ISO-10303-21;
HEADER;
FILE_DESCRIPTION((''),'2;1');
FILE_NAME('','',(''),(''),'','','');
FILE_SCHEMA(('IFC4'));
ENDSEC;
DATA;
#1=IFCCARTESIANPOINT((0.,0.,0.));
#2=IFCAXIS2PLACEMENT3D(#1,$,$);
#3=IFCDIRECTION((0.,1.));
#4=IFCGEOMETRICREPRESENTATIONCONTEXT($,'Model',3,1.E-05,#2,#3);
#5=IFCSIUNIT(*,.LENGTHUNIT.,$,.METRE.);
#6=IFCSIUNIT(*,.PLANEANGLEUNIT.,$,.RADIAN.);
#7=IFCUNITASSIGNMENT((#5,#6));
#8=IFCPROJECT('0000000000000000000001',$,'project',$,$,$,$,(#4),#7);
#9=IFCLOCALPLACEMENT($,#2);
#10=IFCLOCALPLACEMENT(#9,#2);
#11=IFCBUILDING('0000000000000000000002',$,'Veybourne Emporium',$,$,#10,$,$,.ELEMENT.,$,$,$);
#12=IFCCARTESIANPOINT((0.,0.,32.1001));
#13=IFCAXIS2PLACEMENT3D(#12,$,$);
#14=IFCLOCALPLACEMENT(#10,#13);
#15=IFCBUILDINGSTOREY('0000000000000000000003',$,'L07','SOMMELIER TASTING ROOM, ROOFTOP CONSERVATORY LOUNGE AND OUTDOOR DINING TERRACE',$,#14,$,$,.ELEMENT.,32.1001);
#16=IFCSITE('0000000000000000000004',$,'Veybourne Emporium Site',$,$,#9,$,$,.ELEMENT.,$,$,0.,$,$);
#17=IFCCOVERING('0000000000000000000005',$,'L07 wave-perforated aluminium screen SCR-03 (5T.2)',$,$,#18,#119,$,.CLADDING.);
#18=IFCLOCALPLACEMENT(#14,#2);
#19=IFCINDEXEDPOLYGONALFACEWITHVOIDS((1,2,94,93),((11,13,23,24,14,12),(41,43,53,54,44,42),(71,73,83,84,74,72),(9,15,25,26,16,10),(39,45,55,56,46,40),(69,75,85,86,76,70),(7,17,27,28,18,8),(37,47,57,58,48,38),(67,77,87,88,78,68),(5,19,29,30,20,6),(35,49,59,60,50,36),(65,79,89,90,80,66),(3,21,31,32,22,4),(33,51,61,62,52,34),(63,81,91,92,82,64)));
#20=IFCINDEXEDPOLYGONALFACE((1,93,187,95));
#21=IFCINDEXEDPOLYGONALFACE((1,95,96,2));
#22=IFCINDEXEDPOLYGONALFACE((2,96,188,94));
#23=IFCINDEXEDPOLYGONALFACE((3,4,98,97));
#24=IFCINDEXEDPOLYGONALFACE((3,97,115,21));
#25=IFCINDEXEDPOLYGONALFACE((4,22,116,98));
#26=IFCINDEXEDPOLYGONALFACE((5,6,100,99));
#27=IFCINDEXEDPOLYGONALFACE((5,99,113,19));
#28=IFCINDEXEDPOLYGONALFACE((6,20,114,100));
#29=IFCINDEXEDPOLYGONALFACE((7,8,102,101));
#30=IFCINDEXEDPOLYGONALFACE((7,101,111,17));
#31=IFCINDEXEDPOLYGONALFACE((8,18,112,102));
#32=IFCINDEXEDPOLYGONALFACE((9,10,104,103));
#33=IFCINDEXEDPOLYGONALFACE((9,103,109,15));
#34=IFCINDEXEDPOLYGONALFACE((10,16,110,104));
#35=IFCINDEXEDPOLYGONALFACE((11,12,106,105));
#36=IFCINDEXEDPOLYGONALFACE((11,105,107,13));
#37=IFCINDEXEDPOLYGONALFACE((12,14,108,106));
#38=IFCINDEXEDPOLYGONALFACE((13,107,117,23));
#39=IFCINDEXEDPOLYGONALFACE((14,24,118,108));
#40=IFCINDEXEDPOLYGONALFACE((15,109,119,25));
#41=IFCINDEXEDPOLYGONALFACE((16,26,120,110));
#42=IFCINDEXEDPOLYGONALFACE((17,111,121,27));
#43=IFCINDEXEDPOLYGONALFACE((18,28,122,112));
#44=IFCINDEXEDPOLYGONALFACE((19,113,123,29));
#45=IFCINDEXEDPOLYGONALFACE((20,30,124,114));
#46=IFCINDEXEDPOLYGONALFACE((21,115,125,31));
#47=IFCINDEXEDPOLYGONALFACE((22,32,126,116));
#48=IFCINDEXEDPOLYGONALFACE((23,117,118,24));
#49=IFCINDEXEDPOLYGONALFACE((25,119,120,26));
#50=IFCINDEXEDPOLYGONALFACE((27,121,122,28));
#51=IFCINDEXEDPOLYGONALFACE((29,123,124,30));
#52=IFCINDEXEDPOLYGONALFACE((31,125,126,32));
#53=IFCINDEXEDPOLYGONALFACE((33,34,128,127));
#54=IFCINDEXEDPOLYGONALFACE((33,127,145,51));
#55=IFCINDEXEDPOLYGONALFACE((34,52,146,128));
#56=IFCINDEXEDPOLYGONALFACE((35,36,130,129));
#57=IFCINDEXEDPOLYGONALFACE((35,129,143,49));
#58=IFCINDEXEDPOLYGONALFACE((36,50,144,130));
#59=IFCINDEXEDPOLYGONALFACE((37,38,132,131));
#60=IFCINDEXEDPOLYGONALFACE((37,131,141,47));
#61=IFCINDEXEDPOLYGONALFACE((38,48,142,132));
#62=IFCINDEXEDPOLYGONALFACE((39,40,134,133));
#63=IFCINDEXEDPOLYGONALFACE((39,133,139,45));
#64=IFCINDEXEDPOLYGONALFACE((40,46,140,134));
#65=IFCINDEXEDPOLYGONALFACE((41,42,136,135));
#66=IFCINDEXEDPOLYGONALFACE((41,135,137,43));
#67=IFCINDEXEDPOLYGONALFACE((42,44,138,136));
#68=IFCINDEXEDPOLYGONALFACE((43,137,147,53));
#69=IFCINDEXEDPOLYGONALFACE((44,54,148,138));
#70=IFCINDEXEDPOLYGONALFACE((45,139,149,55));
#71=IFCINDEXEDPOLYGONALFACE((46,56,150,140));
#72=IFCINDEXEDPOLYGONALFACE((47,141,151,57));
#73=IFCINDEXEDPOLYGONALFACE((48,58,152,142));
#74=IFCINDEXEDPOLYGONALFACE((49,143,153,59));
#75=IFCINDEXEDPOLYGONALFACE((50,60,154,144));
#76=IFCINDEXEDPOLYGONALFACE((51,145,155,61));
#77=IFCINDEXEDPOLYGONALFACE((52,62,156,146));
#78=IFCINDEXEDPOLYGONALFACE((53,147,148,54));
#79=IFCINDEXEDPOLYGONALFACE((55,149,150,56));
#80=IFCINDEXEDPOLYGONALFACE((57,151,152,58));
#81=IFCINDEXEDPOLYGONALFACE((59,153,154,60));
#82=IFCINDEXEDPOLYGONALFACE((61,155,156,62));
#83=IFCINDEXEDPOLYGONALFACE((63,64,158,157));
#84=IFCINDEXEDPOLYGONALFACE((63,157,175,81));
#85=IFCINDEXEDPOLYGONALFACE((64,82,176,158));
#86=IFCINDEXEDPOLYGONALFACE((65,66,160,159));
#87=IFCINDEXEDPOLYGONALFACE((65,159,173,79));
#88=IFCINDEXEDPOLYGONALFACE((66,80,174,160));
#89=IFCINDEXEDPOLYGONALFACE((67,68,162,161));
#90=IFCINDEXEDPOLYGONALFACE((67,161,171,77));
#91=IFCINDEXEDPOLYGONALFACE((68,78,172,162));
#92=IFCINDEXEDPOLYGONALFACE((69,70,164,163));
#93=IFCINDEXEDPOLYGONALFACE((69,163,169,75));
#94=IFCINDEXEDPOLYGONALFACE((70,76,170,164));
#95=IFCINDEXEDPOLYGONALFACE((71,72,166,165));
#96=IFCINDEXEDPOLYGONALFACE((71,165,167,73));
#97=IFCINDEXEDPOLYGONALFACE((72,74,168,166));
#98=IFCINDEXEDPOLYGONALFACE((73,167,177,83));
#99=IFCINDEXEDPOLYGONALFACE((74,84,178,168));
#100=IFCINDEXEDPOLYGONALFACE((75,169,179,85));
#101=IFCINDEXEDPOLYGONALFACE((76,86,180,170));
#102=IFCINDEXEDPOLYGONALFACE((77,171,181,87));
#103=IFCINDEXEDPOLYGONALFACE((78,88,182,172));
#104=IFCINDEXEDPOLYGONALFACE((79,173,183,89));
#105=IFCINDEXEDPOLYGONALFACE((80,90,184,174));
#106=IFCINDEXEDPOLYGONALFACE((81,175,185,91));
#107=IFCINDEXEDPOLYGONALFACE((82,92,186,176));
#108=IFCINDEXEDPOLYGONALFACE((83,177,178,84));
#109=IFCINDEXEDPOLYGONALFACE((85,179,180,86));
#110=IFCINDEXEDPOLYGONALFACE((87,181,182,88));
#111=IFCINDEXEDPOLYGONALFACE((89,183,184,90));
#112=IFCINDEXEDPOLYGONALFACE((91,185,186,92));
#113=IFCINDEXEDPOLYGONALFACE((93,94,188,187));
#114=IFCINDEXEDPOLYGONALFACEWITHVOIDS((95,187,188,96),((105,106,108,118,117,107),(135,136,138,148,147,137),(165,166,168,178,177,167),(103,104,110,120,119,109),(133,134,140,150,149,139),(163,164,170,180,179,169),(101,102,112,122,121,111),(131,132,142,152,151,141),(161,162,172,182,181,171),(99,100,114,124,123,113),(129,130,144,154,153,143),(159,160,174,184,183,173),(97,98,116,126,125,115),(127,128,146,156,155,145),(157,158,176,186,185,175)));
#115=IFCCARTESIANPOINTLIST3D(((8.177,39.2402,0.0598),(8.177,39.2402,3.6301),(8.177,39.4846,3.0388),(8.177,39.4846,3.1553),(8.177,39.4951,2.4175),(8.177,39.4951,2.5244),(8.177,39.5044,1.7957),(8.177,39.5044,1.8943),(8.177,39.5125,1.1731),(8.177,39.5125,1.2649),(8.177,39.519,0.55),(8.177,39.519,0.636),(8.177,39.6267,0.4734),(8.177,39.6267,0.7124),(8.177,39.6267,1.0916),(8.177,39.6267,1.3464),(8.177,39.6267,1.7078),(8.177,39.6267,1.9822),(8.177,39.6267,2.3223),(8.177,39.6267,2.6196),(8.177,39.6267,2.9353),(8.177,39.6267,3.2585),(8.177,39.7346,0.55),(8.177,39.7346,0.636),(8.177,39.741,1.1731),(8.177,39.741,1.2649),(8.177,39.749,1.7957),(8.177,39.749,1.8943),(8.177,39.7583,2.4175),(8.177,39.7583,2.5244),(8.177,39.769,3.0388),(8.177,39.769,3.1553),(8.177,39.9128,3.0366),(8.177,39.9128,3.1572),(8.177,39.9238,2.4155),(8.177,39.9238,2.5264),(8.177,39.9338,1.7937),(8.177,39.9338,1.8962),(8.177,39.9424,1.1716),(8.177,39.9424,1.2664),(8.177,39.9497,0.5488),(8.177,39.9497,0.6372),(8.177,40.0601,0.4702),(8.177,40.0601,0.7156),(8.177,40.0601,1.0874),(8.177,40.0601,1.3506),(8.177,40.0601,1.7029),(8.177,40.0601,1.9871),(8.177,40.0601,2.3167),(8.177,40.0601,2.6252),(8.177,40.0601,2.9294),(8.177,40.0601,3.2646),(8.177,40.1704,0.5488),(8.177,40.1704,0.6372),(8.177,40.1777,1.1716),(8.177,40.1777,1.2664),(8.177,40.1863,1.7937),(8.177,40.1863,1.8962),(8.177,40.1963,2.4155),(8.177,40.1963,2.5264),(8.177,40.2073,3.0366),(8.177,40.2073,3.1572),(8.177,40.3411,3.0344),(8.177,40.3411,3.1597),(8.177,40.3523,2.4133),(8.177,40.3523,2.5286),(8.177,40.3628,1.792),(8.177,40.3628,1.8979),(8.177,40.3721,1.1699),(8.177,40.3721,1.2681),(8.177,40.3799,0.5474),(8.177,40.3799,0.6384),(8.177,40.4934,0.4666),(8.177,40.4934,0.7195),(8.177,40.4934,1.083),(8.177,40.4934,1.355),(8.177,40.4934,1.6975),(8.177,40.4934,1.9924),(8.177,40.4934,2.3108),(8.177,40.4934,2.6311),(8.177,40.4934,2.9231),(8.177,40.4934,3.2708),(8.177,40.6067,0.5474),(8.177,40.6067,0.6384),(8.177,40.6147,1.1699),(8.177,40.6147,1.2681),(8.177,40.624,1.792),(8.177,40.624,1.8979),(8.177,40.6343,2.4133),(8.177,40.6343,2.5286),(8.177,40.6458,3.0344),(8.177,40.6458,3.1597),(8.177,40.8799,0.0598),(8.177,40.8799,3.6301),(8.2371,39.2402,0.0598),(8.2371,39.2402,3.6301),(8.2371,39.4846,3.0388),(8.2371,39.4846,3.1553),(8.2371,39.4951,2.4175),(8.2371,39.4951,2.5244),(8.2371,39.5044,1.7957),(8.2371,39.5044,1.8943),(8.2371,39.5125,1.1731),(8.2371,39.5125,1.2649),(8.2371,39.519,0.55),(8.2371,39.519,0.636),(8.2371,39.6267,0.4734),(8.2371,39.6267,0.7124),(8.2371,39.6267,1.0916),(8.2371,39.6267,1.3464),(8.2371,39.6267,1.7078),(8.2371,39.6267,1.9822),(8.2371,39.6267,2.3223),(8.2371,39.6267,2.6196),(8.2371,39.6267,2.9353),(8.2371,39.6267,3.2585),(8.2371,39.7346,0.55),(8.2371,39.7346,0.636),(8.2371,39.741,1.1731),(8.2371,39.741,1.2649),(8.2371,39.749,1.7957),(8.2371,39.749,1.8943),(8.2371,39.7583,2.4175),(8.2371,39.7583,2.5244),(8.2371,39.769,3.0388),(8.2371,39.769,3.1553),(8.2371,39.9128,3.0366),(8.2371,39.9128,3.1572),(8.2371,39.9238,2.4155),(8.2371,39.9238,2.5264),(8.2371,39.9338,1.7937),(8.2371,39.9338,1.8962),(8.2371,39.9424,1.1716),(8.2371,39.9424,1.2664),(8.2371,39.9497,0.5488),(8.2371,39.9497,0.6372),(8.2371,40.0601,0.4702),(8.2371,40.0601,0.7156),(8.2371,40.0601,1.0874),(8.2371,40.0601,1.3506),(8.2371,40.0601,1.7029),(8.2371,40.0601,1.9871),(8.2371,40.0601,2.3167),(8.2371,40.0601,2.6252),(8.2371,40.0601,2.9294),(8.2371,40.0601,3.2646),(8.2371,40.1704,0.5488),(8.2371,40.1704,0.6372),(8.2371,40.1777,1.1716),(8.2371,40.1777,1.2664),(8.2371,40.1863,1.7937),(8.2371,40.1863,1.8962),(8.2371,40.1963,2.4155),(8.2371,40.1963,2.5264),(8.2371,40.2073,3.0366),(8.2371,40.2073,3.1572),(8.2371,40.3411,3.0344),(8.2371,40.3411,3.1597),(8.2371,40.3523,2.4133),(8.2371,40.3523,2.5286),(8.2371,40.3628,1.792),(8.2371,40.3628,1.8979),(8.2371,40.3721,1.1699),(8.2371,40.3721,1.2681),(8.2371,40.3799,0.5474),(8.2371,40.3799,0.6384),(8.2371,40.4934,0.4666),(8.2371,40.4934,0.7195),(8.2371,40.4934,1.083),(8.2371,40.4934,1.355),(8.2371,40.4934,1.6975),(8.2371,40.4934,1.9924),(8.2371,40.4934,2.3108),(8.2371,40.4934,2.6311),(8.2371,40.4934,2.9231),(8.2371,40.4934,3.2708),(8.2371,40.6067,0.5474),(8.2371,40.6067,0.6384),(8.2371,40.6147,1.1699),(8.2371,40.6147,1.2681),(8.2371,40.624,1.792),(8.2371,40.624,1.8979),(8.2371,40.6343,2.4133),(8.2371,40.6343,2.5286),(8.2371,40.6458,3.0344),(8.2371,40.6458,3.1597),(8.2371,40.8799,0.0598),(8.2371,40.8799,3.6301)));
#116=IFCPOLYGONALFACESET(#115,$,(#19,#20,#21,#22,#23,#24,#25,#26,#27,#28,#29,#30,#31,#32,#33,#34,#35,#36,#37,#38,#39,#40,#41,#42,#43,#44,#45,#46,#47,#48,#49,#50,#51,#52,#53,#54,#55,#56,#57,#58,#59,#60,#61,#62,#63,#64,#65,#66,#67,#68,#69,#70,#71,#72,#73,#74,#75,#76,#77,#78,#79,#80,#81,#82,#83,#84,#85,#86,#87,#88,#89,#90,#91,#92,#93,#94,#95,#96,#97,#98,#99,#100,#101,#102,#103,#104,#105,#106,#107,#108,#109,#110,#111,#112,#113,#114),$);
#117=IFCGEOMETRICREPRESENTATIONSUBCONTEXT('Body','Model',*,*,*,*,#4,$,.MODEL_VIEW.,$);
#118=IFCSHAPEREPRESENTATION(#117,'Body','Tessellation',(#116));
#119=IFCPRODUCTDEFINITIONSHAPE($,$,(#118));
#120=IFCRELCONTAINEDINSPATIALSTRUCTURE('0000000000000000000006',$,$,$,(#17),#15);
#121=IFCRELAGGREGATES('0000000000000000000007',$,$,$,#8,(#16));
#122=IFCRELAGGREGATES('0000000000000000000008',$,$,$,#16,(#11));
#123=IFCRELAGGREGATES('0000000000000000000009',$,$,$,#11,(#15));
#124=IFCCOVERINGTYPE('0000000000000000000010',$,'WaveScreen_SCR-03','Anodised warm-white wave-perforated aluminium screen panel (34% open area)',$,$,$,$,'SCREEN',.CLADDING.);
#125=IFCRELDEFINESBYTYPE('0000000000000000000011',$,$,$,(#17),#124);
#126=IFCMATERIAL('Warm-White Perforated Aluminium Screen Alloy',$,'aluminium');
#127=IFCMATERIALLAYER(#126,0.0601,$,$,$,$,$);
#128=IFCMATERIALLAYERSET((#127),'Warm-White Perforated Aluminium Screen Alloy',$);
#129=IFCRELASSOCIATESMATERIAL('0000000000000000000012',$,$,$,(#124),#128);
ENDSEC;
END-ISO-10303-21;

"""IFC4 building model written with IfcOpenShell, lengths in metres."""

from ifc_helpers import new_model, si_unit, direction, frame, origin, place, context, subcontext, project, spatial, polyline, outline, extrude, material, layer, layer_set, type_object, element, save


model = new_model("IFC4")

# Units and contexts
model_context = context("Model", 3, precision=1e-05, world=origin(), true_north=direction((0.0, 1.0)))
body_context = subcontext(model_context, "Body", "Model", "MODEL_VIEW")
ifc_project = project(units=[si_unit("LENGTHUNIT", "METRE"), si_unit("PLANEANGLEUNIT", "RADIAN")], contexts=[model_context])

# Site, building, storey
site_placement = place(None, origin())
site = spatial("IfcSite", under=ifc_project, at=site_placement, Name="Veybourne Emporium Site", CompositionType="ELEMENT", RefElevation=0.0)
building_placement = place(site_placement, origin())
building = spatial("IfcBuilding", under=site, at=building_placement, Name="Veybourne Emporium", CompositionType="ELEMENT")
storey_placement = place(building_placement, frame((0.0, 0.0, 32.1001)))
storey = spatial("IfcBuildingStorey", under=building, at=storey_placement, Name="L07", Description="SOMMELIER TASTING ROOM, ROOFTOP CONSERVATORY LOUNGE AND OUTDOOR DINING TERRACE", CompositionType="ELEMENT", Elevation=32.1001)

# Covering
ifc_material_1 = material(Name="Warm-White Perforated Aluminium Screen Alloy", Category="aluminium")
ifc_layer_1 = layer(ifc_material_1, 0.0601)
ifc_layer_set_1 = layer_set([ifc_layer_1], Name="Warm-White Perforated Aluminium Screen Alloy")
covering_type_1 = type_object("IfcCoveringType", Name="WaveScreen_SCR-03", Description="Anodised warm-white wave-perforated aluminium screen panel (34% open area)", ElementType="SCREEN", PredefinedType="CLADDING", material=ifc_layer_set_1)
covering_1_placement = place(storey_placement, frame((8.177, 40.0601, 1.845), z_axis=(1.0, 0.0, 0.0), x_axis=(0.0, 1.0, 0.0)))
element("IfcCovering", 1, at=covering_1_placement, inside=storey, type_object=covering_type_1, Name="L07 wave-perforated aluminium screen SCR-03 (5T.2)", PredefinedType="CLADDING", context=body_context, shape_type="SweptSolid", body=[
    extrude(outline(polyline([(-0.8198, -1.7852), (0.8198, -1.7852), (0.8198, 1.7852), (-0.8198, 1.7852), (-0.8198, -1.7852)]), holes=[polyline([(-0.4333, -1.1326), (-0.3254, -1.209), (-0.3254, -1.2949), (-0.4333, -1.3716), (-0.541, -1.2949), (-0.541, -1.209), (-0.4333, -1.1326)]), polyline([(-0.4333, -0.4985), (-0.3191, -0.5801), (-0.3191, -0.6719), (-0.4333, -0.7534), (-0.5476, -0.6719), (-0.5476, -0.5801), (-0.4333, -0.4985)]), polyline([(-0.4333, 0.1372), (-0.311, 0.0493), (-0.311, -0.0493), (-0.4333, -0.1372), (-0.5557, -0.0493), (-0.5557, 0.0493), (-0.4333, 0.1372)]), polyline([(-0.4333, 0.7747), (-0.3018, 0.6794), (-0.3018, 0.5725), (-0.4333, 0.4773), (-0.5649, 0.5725), (-0.5649, 0.6794), (-0.4333, 0.7747)]), polyline([(-0.4333, 1.4136), (-0.291, 1.3103), (-0.291, 1.1938), (-0.4333, 1.0903), (-0.5754, 1.1938), (-0.5754, 1.3103), (-0.4333, 1.4136)]), polyline([(0.0, -1.1294), (0.1104, -1.2078), (0.1104, -1.2961), (0.0, -1.3748), (-0.1104, -1.2961), (-0.1104, -1.2078), (0.0, -1.1294)]), polyline([(0.0, -0.4944), (0.1177, -0.5786), (0.1177, -0.6733), (0.0, -0.7576), (-0.1177, -0.6733), (-0.1177, -0.5786), (0.0, -0.4944)]), polyline([(0.0, 0.1421), (0.1262, 0.0513), (0.1262, -0.0513), (0.0, -0.1421), (-0.1262, -0.0513), (-0.1262, 0.0513), (0.0, 0.1421)]), polyline([(0.0, 0.7803), (0.1362, 0.6814), (0.1362, 0.5706), (0.0, 0.4717), (-0.1362, 0.5706), (-0.1362, 0.6814), (0.0, 0.7803)]), polyline([(0.0, 1.4197), (0.1472, 1.3123), (0.1472, 1.1917), (0.0, 1.0845), (-0.1472, 1.1917), (-0.1472, 1.3123), (0.0, 1.4197)]), polyline([(0.4333, -1.1255), (0.5466, -1.2065), (0.5466, -1.2976), (0.4333, -1.3784), (0.3198, -1.2976), (0.3198, -1.2065), (0.4333, -1.1255)]), polyline([(0.4333, -0.49), (0.5547, -0.5769), (0.5547, -0.675), (0.4333, -0.762), (0.312, -0.675), (0.312, -0.5769), (0.4333, -0.49)]), polyline([(0.4333, 0.1475), (0.564, 0.053), (0.564, -0.053), (0.4333, -0.1475), (0.3027, -0.053), (0.3027, 0.053), (0.4333, 0.1475)]), polyline([(0.4333, 0.7861), (0.5742, 0.6836), (0.5742, 0.5684), (0.4333, 0.4658), (0.2922, 0.5684), (0.2922, 0.6836), (0.4333, 0.7861)]), polyline([(0.4333, 1.4258), (0.5857, 1.3147), (0.5857, 1.1895), (0.4333, 1.0781), (0.281, 1.1895), (0.281, 1.3147), (0.4333, 1.4258)])]), origin(), (0.0, 0.0, 1.0), 0.0601),
])

save(model, "model.ifc")
